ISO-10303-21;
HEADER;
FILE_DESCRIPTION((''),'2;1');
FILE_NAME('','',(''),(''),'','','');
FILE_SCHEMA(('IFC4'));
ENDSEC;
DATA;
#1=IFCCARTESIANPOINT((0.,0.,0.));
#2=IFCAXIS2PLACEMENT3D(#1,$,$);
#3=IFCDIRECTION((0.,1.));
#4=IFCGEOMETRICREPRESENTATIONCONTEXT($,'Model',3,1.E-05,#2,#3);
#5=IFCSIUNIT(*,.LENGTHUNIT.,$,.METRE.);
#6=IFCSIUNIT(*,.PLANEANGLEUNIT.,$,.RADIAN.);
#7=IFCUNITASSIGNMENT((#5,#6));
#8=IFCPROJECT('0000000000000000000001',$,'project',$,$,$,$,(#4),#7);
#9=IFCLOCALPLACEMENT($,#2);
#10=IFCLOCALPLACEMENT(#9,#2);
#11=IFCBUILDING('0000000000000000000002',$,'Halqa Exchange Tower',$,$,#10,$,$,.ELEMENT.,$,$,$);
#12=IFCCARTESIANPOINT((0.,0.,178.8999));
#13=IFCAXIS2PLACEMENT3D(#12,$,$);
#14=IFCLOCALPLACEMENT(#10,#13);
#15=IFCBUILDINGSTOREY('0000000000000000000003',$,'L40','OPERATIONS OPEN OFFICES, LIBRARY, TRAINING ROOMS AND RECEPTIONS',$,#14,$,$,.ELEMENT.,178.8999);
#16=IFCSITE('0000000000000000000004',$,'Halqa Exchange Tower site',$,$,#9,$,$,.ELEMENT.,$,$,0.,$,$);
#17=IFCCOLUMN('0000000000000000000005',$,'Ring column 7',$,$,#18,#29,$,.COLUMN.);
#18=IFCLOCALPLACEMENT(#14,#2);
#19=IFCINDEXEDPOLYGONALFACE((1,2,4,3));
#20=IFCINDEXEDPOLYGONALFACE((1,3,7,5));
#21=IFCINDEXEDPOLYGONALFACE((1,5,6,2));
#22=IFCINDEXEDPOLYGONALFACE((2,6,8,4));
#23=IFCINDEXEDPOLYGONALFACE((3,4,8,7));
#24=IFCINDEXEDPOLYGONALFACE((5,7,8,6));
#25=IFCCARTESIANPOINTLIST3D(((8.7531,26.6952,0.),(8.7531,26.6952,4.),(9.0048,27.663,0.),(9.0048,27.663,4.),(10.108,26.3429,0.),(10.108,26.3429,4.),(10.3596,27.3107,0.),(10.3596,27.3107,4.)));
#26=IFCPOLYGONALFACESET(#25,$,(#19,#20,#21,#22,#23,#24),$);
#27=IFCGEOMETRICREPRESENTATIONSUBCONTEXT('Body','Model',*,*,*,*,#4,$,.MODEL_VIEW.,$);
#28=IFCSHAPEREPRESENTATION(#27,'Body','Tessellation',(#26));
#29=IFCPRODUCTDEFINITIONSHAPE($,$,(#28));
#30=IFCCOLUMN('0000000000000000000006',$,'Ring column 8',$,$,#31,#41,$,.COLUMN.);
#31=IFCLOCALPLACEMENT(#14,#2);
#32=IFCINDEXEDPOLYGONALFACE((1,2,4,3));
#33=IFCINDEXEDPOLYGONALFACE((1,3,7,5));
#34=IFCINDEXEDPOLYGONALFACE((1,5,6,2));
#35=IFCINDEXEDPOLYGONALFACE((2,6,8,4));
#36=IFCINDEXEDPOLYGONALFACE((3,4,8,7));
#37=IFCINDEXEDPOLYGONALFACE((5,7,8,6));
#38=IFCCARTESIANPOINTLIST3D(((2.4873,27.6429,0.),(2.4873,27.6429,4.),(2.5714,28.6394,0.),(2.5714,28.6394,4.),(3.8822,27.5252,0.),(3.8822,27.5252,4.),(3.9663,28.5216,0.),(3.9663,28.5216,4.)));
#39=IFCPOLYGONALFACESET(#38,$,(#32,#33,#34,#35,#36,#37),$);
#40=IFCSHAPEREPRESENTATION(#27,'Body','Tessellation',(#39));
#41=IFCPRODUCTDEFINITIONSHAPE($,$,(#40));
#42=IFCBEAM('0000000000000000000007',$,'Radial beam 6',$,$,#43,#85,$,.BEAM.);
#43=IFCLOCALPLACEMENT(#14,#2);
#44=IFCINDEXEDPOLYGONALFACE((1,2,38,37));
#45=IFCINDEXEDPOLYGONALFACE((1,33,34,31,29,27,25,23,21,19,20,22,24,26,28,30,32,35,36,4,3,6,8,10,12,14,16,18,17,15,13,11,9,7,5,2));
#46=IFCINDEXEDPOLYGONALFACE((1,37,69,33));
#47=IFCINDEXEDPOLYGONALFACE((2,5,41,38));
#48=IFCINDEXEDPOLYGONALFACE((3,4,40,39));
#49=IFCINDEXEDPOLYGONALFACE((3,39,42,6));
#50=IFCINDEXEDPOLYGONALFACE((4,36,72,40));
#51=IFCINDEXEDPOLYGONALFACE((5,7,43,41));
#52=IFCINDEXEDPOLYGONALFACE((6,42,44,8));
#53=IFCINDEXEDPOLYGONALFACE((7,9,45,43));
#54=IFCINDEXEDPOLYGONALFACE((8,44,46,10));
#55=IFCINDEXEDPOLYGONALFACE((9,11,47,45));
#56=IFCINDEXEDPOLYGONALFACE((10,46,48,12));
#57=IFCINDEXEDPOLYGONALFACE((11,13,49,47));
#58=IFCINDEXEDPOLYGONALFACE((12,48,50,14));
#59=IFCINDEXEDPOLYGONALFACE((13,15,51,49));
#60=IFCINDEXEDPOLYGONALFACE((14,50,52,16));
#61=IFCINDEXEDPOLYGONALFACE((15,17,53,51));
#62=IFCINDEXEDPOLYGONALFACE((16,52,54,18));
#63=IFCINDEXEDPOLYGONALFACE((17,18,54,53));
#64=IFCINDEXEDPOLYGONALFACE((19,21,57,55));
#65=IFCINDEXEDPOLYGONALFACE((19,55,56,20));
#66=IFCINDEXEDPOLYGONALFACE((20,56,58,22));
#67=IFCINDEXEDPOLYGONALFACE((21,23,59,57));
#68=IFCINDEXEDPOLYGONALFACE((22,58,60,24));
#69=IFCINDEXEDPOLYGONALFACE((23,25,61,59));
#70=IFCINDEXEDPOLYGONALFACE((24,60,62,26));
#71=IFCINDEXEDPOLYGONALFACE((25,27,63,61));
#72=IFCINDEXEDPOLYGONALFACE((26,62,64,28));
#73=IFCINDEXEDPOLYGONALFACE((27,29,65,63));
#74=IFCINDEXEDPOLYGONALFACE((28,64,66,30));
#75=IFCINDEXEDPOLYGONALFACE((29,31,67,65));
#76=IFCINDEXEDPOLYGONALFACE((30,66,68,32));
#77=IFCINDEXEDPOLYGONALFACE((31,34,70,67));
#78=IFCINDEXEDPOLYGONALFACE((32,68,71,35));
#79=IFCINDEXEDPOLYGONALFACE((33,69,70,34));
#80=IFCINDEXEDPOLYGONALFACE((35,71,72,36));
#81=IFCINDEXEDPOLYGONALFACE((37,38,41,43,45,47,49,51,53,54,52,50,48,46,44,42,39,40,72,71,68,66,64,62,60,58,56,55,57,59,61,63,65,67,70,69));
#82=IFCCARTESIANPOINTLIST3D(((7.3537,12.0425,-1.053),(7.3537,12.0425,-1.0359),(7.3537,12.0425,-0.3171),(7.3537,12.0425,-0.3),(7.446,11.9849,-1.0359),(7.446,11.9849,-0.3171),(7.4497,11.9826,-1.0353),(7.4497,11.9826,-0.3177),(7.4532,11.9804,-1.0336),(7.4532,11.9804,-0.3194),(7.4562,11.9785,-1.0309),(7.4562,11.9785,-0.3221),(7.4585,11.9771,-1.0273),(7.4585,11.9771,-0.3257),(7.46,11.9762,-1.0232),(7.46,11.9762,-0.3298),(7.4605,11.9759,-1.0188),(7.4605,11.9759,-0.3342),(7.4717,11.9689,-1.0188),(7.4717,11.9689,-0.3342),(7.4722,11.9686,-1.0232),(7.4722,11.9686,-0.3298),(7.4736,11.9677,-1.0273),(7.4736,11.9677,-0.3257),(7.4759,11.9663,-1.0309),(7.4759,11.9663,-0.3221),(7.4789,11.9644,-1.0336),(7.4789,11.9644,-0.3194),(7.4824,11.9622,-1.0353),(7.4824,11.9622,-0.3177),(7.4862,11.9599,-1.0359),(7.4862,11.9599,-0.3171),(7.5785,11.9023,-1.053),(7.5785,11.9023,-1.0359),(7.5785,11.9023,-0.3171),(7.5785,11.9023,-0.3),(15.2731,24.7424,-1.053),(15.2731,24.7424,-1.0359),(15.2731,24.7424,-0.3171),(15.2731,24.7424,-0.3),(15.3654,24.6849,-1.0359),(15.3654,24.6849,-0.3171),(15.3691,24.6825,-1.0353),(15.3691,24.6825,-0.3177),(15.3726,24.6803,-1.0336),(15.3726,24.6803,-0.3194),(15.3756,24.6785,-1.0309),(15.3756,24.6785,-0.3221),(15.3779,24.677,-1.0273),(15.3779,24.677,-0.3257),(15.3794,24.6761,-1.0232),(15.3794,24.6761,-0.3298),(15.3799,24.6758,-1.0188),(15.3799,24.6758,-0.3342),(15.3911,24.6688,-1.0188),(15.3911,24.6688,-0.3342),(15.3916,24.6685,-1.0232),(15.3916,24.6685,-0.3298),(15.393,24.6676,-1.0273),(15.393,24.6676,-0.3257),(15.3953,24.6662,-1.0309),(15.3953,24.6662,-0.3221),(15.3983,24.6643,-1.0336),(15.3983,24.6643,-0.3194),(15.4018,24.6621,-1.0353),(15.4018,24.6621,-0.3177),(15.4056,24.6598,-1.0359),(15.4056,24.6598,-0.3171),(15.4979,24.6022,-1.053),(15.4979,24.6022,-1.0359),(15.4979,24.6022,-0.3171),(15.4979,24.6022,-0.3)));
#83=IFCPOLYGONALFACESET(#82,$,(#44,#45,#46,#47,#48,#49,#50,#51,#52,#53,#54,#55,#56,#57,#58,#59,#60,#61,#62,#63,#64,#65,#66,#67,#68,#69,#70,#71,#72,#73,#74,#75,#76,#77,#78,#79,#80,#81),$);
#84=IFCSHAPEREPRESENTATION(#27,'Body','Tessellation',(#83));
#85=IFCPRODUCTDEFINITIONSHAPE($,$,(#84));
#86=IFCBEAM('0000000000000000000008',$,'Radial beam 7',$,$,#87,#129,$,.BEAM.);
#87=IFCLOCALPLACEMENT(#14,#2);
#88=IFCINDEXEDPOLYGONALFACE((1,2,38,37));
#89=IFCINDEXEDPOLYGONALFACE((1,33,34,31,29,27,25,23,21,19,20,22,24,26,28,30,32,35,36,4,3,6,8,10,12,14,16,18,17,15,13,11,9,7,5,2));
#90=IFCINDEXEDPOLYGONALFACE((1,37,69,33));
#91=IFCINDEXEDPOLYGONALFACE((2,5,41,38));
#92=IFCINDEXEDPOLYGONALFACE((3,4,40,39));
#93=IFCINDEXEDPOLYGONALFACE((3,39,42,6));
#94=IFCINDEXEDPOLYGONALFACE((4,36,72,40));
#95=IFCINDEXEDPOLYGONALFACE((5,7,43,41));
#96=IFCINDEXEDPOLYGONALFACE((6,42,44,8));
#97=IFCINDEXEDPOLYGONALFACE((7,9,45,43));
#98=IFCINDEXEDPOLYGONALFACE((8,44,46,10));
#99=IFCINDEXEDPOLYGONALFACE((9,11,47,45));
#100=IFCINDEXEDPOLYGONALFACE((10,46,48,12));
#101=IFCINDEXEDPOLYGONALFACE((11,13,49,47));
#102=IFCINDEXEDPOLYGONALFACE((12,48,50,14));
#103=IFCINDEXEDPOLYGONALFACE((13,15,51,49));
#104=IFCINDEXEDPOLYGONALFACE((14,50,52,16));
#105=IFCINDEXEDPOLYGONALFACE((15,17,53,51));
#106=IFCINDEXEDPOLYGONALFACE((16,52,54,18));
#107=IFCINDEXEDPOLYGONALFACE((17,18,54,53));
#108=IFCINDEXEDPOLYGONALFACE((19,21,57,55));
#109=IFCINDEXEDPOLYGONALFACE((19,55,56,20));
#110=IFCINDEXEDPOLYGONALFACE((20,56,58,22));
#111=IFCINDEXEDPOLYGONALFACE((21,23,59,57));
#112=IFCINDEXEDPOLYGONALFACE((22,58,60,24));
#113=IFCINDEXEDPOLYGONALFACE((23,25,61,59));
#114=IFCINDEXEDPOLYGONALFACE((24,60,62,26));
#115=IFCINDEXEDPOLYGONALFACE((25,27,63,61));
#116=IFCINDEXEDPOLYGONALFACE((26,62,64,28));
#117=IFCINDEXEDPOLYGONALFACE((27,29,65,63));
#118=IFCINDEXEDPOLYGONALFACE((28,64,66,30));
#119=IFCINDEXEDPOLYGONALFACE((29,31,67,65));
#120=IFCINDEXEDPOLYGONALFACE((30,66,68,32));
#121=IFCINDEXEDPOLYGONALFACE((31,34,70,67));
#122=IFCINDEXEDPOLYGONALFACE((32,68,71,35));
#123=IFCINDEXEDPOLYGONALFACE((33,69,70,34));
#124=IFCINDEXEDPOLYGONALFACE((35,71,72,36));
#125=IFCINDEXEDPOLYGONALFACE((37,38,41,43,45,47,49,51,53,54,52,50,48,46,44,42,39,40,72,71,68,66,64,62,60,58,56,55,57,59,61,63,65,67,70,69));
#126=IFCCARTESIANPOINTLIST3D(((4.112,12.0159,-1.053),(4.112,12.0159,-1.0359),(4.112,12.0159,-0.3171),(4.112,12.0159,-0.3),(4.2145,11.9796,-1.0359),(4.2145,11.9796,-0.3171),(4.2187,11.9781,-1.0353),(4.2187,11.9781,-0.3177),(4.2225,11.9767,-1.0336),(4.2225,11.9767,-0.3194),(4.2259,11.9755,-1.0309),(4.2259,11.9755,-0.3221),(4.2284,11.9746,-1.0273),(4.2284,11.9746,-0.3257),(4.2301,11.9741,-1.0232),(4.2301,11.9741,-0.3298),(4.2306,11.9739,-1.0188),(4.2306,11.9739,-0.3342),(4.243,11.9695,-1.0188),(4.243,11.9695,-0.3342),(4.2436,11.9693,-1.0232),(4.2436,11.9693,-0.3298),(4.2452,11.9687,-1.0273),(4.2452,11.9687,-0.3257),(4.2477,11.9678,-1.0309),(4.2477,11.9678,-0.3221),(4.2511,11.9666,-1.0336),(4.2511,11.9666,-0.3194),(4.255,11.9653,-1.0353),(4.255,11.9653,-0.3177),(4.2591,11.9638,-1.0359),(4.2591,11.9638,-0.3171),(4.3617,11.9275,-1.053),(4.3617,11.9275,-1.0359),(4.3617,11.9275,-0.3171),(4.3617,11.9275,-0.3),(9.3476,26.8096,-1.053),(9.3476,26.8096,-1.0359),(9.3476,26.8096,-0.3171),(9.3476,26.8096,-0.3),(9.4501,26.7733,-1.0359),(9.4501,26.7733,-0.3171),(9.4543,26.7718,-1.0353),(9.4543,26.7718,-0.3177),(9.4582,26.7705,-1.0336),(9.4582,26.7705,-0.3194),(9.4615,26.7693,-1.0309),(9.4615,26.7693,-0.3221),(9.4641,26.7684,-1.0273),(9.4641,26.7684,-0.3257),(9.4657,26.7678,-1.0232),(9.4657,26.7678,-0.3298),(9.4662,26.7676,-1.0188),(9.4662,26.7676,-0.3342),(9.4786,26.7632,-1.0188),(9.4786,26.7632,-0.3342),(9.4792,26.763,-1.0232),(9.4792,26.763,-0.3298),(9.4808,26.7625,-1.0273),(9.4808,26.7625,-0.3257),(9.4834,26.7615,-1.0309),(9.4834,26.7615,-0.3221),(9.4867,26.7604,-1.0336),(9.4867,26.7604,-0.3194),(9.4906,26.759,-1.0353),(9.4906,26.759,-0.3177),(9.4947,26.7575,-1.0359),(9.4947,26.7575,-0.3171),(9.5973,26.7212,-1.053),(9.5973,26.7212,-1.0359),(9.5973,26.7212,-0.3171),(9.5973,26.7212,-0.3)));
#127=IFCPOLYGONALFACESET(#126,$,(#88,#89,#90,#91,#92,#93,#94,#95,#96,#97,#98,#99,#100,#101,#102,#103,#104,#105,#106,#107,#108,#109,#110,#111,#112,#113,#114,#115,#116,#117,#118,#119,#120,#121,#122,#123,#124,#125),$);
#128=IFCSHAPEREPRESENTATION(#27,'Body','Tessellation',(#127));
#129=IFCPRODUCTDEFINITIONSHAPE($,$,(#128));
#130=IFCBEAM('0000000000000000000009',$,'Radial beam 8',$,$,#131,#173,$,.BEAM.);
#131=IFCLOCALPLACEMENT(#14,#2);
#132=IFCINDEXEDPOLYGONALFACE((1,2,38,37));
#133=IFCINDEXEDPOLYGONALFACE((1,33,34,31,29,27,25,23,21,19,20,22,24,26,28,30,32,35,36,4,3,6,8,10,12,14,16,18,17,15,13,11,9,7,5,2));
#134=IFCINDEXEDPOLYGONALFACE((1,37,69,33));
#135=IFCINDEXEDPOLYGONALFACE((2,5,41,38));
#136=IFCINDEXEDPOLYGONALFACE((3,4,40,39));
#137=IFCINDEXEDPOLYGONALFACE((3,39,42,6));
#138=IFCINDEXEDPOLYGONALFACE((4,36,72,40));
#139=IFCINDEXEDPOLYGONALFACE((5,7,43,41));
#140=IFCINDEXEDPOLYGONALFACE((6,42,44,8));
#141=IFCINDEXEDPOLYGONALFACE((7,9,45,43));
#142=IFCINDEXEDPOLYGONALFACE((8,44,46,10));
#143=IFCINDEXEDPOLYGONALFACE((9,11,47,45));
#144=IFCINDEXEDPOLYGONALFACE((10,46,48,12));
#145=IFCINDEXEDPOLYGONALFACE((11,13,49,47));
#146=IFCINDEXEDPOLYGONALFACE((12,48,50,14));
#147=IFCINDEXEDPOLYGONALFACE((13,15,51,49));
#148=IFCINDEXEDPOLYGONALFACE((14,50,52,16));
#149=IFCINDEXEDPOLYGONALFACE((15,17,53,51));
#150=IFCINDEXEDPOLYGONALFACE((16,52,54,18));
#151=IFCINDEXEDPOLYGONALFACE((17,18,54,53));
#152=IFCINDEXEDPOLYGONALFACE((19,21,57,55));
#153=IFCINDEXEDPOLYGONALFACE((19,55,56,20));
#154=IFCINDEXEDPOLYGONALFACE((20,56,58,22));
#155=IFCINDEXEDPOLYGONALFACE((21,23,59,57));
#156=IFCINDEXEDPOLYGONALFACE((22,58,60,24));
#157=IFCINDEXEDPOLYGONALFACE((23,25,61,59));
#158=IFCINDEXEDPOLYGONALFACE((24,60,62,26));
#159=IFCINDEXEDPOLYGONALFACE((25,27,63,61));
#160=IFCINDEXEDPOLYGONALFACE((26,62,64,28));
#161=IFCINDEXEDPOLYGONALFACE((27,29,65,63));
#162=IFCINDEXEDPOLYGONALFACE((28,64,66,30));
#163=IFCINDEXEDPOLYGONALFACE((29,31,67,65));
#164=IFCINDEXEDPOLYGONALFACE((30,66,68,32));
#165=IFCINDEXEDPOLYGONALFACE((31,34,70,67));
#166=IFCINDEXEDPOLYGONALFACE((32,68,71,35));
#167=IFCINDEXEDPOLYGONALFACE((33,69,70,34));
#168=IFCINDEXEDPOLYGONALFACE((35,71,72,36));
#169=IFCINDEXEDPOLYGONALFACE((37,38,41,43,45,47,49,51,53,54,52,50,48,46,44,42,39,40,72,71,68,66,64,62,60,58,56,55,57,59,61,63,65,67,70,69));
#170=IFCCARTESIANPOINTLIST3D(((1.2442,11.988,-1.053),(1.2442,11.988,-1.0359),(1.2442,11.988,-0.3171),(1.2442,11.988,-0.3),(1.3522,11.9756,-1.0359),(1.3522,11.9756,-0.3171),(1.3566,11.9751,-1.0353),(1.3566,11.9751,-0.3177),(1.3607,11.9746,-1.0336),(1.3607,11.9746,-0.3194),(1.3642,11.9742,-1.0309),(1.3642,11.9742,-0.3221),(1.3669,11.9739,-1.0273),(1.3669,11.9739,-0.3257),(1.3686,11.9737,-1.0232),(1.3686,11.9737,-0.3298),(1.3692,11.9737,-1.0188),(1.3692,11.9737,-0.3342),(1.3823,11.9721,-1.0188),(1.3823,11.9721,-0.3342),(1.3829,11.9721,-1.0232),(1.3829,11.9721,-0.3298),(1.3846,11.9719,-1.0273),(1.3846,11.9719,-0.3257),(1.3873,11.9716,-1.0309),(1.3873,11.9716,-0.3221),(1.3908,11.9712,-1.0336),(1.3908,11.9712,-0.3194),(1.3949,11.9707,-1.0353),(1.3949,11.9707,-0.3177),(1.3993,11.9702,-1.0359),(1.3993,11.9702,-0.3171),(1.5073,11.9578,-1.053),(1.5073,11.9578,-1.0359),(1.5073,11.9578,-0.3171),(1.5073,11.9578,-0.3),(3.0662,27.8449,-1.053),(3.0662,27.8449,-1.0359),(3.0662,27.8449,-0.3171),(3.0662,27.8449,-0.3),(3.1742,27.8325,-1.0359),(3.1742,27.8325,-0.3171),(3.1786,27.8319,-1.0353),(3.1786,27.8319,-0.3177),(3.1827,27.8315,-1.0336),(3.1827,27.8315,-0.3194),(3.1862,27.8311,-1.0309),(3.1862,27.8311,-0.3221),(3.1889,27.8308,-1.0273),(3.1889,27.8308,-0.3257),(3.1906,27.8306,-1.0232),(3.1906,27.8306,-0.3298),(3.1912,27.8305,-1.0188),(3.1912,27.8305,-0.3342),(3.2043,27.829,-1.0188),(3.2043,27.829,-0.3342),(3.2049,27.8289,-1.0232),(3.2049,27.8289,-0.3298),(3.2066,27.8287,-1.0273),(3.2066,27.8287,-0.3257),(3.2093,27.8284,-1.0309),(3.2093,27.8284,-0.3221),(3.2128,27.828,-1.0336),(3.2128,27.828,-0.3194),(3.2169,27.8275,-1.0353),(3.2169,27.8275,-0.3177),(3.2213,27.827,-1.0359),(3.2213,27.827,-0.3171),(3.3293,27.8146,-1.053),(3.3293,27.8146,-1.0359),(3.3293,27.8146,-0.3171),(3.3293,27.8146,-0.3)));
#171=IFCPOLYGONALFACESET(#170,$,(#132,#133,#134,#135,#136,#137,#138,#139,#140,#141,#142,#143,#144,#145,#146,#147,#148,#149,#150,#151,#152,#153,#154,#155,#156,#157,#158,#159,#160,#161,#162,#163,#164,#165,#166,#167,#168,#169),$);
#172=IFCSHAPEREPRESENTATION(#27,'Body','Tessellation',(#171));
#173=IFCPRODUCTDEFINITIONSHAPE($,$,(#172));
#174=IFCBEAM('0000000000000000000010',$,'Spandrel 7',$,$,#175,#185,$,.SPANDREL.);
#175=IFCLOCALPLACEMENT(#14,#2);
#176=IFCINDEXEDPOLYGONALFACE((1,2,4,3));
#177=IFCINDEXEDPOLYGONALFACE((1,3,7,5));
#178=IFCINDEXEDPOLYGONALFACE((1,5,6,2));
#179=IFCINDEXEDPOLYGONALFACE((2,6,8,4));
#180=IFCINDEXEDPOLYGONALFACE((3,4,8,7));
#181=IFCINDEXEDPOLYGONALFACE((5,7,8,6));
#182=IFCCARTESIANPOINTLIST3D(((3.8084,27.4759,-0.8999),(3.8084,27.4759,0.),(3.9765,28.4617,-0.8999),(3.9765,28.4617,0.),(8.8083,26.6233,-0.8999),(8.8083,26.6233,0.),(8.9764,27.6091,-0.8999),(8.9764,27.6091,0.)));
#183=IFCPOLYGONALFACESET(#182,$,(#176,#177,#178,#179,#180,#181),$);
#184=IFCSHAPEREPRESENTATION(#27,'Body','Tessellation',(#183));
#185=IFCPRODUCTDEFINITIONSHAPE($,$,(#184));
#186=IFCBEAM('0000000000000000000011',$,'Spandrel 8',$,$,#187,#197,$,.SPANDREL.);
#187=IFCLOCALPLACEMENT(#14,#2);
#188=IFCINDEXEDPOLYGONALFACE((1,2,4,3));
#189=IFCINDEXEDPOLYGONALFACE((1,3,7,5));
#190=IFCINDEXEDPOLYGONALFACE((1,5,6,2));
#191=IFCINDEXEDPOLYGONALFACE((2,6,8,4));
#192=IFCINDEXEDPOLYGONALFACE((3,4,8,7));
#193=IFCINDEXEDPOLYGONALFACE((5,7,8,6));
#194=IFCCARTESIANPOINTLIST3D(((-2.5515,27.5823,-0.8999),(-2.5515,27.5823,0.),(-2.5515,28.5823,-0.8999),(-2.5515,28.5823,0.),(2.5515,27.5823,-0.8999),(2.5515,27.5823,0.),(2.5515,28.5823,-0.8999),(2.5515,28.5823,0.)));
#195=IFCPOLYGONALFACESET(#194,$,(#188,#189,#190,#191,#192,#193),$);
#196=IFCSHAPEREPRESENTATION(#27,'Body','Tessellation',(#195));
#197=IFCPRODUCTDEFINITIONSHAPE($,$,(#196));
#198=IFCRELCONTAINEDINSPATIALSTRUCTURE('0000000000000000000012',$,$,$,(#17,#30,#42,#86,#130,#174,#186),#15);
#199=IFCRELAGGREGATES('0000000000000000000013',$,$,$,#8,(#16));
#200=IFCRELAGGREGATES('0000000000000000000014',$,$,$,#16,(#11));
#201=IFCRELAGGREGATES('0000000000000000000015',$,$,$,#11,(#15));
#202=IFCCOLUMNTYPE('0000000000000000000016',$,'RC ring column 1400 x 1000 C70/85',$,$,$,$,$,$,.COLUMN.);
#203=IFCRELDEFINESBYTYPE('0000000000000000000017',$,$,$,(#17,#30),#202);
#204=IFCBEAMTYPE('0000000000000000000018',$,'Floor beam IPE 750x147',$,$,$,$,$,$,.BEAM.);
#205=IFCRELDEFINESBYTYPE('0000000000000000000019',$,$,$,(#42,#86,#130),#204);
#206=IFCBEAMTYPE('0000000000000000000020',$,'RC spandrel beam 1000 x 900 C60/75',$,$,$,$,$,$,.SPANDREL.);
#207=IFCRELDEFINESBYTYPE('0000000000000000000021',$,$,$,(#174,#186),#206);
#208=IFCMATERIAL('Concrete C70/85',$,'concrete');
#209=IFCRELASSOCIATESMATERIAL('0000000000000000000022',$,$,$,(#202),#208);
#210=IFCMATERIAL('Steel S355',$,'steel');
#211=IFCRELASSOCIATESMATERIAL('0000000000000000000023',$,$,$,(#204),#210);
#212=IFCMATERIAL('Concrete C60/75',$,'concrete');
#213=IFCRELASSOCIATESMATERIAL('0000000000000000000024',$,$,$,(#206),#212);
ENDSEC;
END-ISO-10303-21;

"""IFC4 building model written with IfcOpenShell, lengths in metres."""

from ifc_helpers import new_model, si_unit, direction, frame, origin, origin_2d, place, context, subcontext, project, spatial, rectangle, i_section, extrude, material, material_profile, profile_set, type_object, element, save


model = new_model("IFC4")

# Units and contexts
model_context = context("Model", 3, precision=1e-05, world=origin(), true_north=direction((0.0, 1.0)))
body_context = subcontext(model_context, "Body", "Model", "MODEL_VIEW")
ifc_project = project(units=[si_unit("LENGTHUNIT", "METRE"), si_unit("PLANEANGLEUNIT", "RADIAN")], contexts=[model_context])

# Site, building, storey
site_placement = place(None, origin())
site = spatial("IfcSite", under=ifc_project, at=site_placement, Name="Halqa Exchange Tower site", CompositionType="ELEMENT", RefElevation=0.0)
building_placement = place(site_placement, origin())
building = spatial("IfcBuilding", under=site, at=building_placement, Name="Halqa Exchange Tower", CompositionType="ELEMENT")
storey_placement = place(building_placement, frame((0.0, 0.0, 178.8999)))
storey = spatial("IfcBuildingStorey", under=building, at=storey_placement, Name="L40", Description="OPERATIONS OPEN OFFICES, LIBRARY, TRAINING ROOMS AND RECEPTIONS", CompositionType="ELEMENT", Elevation=178.8999)

# Columns
ifc_material_1 = material(Name="Concrete C70/85", Category="concrete")
ifc_material_profile_1 = material_profile(ifc_material_1, rectangle(XDim=1.3999, YDim=1.0, at=origin_2d()), Name="1400 x 1000")
ifc_profile_set_1 = profile_set([ifc_material_profile_1], Name="Concrete C70/85")
column_type = type_object("IfcColumnType", Name="RC ring column 1400 x 1000 C70/85", PredefinedType="COLUMN", material=ifc_profile_set_1)
for number, where, z_axis, x_axis, name in (
    (1, (9.5564, 27.0029, 0.0), (0.0, 0.0, 1.0), (-0.96782, 0.251645, 0.0), "Ring column 7"),
    (2, (3.2268, 28.0823, 0.0), (0.0, 0.0, 1.0), (-0.996455, 0.084123, 0.0), "Ring column 8"),
):
    element("IfcColumn", number, at=place(storey_placement, frame(where, z_axis=z_axis, x_axis=x_axis)), inside=storey, type_object=column_type, Name=name, PredefinedType="COLUMN", context=body_context, shape_type="SweptSolid", body=[
        extrude(rectangle(XDim=1.3999, YDim=1.0, at=origin_2d()), origin(), (0.0, 0.0, 1.0), 4.0),
    ])

# Beams
ifc_material_2 = material(Name="Steel S355", Category="steel")
ifc_material_profile_2 = material_profile(ifc_material_2, i_section(OverallWidth=0.2649, OverallDepth=0.7529, WebThickness=0.0132, FlangeThickness=0.0171, FilletRadius=0.0171, at=origin_2d()), Name="IPE 750x147")
ifc_profile_set_2 = profile_set([ifc_material_profile_2], Name="Steel S355")
beam_type_1 = type_object("IfcBeamType", Name="Floor beam IPE 750x147", PredefinedType="BEAM", material=ifc_profile_set_2)
beam_1_placement = place(storey_placement, frame((7.4661, 11.9724, -0.6765), z_axis=(0.529132, 0.848539, 0.0), x_axis=(-0.848539, 0.529132, 0.0)))
element("IfcBeam", 3, at=beam_1_placement, inside=storey, type_object=beam_type_1, Name="Radial beam 6", PredefinedType="BEAM", context=body_context, shape_type="SweptSolid", body=[
    extrude(i_section(OverallWidth=0.2649, OverallDepth=0.7529, WebThickness=0.0132, FlangeThickness=0.0171, FilletRadius=0.0171, at=origin_2d()), origin(), (0.0, 0.0, 1.0), 14.9668),
])
beam_2_placement = place(storey_placement, frame((4.2368, 11.9717, -0.6765), z_axis=(0.33363, 0.942704, 0.0), x_axis=(-0.942704, 0.33363, 0.0)))
element("IfcBeam", 4, at=beam_2_placement, inside=storey, type_object=beam_type_1, Name="Radial beam 7", PredefinedType="BEAM", context=body_context, shape_type="SweptSolid", body=[
    extrude(i_section(OverallWidth=0.2649, OverallDepth=0.7529, WebThickness=0.0132, FlangeThickness=0.0171, FilletRadius=0.0171, at=origin_2d()), origin(), (0.0, 0.0, 1.0), 15.6929),
])
beam_3_placement = place(storey_placement, frame((1.3757, 11.9729, -0.6765), z_axis=(0.114153, 0.993463, 0.0), x_axis=(-0.993463, 0.114153, 0.0)))
element("IfcBeam", 5, at=beam_3_placement, inside=storey, type_object=beam_type_1, Name="Radial beam 8", PredefinedType="BEAM", context=body_context, shape_type="SweptSolid", body=[
    extrude(i_section(OverallWidth=0.2649, OverallDepth=0.7529, WebThickness=0.0132, FlangeThickness=0.0171, FilletRadius=0.0171, at=origin_2d()), origin(), (0.0, 0.0, 1.0), 15.9612),
])
ifc_material_3 = material(Name="Concrete C60/75", Category="concrete")
ifc_material_profile_3 = material_profile(ifc_material_3, rectangle(XDim=1.0, YDim=0.8999, at=origin_2d()), Name="1000 x 900")
ifc_profile_set_3 = profile_set([ifc_material_profile_3], Name="Concrete C60/75")
beam_type_2 = type_object("IfcBeamType", Name="RC spandrel beam 1000 x 900 C60/75", PredefinedType="SPANDREL", material=ifc_profile_set_3)
beam_4_placement = place(storey_placement, frame((8.8923, 27.1162, -0.45), z_axis=(-0.985772, 0.16809, 0.0), x_axis=(-0.16809, -0.985772, 0.0)))
element("IfcBeam", 6, at=beam_4_placement, inside=storey, type_object=beam_type_2, Name="Spandrel 7", PredefinedType="SPANDREL", context=body_context, shape_type="SweptSolid", body=[
    extrude(rectangle(XDim=1.0, YDim=0.8999, at=origin_2d()), origin(), (0.0, 0.0, 1.0), 5.072),
])
beam_5_placement = place(storey_placement, frame((2.5515, 28.0823, -0.45), z_axis=(-1.0, 0.0, 0.0), x_axis=(0.0, -1.0, 0.0)))
element("IfcBeam", 7, at=beam_5_placement, inside=storey, type_object=beam_type_2, Name="Spandrel 8", PredefinedType="SPANDREL", context=body_context, shape_type="SweptSolid", body=[
    extrude(rectangle(XDim=1.0, YDim=0.8999, at=origin_2d()), origin(), (0.0, 0.0, 1.0), 5.103),
])

save(model, "model.ifc")
